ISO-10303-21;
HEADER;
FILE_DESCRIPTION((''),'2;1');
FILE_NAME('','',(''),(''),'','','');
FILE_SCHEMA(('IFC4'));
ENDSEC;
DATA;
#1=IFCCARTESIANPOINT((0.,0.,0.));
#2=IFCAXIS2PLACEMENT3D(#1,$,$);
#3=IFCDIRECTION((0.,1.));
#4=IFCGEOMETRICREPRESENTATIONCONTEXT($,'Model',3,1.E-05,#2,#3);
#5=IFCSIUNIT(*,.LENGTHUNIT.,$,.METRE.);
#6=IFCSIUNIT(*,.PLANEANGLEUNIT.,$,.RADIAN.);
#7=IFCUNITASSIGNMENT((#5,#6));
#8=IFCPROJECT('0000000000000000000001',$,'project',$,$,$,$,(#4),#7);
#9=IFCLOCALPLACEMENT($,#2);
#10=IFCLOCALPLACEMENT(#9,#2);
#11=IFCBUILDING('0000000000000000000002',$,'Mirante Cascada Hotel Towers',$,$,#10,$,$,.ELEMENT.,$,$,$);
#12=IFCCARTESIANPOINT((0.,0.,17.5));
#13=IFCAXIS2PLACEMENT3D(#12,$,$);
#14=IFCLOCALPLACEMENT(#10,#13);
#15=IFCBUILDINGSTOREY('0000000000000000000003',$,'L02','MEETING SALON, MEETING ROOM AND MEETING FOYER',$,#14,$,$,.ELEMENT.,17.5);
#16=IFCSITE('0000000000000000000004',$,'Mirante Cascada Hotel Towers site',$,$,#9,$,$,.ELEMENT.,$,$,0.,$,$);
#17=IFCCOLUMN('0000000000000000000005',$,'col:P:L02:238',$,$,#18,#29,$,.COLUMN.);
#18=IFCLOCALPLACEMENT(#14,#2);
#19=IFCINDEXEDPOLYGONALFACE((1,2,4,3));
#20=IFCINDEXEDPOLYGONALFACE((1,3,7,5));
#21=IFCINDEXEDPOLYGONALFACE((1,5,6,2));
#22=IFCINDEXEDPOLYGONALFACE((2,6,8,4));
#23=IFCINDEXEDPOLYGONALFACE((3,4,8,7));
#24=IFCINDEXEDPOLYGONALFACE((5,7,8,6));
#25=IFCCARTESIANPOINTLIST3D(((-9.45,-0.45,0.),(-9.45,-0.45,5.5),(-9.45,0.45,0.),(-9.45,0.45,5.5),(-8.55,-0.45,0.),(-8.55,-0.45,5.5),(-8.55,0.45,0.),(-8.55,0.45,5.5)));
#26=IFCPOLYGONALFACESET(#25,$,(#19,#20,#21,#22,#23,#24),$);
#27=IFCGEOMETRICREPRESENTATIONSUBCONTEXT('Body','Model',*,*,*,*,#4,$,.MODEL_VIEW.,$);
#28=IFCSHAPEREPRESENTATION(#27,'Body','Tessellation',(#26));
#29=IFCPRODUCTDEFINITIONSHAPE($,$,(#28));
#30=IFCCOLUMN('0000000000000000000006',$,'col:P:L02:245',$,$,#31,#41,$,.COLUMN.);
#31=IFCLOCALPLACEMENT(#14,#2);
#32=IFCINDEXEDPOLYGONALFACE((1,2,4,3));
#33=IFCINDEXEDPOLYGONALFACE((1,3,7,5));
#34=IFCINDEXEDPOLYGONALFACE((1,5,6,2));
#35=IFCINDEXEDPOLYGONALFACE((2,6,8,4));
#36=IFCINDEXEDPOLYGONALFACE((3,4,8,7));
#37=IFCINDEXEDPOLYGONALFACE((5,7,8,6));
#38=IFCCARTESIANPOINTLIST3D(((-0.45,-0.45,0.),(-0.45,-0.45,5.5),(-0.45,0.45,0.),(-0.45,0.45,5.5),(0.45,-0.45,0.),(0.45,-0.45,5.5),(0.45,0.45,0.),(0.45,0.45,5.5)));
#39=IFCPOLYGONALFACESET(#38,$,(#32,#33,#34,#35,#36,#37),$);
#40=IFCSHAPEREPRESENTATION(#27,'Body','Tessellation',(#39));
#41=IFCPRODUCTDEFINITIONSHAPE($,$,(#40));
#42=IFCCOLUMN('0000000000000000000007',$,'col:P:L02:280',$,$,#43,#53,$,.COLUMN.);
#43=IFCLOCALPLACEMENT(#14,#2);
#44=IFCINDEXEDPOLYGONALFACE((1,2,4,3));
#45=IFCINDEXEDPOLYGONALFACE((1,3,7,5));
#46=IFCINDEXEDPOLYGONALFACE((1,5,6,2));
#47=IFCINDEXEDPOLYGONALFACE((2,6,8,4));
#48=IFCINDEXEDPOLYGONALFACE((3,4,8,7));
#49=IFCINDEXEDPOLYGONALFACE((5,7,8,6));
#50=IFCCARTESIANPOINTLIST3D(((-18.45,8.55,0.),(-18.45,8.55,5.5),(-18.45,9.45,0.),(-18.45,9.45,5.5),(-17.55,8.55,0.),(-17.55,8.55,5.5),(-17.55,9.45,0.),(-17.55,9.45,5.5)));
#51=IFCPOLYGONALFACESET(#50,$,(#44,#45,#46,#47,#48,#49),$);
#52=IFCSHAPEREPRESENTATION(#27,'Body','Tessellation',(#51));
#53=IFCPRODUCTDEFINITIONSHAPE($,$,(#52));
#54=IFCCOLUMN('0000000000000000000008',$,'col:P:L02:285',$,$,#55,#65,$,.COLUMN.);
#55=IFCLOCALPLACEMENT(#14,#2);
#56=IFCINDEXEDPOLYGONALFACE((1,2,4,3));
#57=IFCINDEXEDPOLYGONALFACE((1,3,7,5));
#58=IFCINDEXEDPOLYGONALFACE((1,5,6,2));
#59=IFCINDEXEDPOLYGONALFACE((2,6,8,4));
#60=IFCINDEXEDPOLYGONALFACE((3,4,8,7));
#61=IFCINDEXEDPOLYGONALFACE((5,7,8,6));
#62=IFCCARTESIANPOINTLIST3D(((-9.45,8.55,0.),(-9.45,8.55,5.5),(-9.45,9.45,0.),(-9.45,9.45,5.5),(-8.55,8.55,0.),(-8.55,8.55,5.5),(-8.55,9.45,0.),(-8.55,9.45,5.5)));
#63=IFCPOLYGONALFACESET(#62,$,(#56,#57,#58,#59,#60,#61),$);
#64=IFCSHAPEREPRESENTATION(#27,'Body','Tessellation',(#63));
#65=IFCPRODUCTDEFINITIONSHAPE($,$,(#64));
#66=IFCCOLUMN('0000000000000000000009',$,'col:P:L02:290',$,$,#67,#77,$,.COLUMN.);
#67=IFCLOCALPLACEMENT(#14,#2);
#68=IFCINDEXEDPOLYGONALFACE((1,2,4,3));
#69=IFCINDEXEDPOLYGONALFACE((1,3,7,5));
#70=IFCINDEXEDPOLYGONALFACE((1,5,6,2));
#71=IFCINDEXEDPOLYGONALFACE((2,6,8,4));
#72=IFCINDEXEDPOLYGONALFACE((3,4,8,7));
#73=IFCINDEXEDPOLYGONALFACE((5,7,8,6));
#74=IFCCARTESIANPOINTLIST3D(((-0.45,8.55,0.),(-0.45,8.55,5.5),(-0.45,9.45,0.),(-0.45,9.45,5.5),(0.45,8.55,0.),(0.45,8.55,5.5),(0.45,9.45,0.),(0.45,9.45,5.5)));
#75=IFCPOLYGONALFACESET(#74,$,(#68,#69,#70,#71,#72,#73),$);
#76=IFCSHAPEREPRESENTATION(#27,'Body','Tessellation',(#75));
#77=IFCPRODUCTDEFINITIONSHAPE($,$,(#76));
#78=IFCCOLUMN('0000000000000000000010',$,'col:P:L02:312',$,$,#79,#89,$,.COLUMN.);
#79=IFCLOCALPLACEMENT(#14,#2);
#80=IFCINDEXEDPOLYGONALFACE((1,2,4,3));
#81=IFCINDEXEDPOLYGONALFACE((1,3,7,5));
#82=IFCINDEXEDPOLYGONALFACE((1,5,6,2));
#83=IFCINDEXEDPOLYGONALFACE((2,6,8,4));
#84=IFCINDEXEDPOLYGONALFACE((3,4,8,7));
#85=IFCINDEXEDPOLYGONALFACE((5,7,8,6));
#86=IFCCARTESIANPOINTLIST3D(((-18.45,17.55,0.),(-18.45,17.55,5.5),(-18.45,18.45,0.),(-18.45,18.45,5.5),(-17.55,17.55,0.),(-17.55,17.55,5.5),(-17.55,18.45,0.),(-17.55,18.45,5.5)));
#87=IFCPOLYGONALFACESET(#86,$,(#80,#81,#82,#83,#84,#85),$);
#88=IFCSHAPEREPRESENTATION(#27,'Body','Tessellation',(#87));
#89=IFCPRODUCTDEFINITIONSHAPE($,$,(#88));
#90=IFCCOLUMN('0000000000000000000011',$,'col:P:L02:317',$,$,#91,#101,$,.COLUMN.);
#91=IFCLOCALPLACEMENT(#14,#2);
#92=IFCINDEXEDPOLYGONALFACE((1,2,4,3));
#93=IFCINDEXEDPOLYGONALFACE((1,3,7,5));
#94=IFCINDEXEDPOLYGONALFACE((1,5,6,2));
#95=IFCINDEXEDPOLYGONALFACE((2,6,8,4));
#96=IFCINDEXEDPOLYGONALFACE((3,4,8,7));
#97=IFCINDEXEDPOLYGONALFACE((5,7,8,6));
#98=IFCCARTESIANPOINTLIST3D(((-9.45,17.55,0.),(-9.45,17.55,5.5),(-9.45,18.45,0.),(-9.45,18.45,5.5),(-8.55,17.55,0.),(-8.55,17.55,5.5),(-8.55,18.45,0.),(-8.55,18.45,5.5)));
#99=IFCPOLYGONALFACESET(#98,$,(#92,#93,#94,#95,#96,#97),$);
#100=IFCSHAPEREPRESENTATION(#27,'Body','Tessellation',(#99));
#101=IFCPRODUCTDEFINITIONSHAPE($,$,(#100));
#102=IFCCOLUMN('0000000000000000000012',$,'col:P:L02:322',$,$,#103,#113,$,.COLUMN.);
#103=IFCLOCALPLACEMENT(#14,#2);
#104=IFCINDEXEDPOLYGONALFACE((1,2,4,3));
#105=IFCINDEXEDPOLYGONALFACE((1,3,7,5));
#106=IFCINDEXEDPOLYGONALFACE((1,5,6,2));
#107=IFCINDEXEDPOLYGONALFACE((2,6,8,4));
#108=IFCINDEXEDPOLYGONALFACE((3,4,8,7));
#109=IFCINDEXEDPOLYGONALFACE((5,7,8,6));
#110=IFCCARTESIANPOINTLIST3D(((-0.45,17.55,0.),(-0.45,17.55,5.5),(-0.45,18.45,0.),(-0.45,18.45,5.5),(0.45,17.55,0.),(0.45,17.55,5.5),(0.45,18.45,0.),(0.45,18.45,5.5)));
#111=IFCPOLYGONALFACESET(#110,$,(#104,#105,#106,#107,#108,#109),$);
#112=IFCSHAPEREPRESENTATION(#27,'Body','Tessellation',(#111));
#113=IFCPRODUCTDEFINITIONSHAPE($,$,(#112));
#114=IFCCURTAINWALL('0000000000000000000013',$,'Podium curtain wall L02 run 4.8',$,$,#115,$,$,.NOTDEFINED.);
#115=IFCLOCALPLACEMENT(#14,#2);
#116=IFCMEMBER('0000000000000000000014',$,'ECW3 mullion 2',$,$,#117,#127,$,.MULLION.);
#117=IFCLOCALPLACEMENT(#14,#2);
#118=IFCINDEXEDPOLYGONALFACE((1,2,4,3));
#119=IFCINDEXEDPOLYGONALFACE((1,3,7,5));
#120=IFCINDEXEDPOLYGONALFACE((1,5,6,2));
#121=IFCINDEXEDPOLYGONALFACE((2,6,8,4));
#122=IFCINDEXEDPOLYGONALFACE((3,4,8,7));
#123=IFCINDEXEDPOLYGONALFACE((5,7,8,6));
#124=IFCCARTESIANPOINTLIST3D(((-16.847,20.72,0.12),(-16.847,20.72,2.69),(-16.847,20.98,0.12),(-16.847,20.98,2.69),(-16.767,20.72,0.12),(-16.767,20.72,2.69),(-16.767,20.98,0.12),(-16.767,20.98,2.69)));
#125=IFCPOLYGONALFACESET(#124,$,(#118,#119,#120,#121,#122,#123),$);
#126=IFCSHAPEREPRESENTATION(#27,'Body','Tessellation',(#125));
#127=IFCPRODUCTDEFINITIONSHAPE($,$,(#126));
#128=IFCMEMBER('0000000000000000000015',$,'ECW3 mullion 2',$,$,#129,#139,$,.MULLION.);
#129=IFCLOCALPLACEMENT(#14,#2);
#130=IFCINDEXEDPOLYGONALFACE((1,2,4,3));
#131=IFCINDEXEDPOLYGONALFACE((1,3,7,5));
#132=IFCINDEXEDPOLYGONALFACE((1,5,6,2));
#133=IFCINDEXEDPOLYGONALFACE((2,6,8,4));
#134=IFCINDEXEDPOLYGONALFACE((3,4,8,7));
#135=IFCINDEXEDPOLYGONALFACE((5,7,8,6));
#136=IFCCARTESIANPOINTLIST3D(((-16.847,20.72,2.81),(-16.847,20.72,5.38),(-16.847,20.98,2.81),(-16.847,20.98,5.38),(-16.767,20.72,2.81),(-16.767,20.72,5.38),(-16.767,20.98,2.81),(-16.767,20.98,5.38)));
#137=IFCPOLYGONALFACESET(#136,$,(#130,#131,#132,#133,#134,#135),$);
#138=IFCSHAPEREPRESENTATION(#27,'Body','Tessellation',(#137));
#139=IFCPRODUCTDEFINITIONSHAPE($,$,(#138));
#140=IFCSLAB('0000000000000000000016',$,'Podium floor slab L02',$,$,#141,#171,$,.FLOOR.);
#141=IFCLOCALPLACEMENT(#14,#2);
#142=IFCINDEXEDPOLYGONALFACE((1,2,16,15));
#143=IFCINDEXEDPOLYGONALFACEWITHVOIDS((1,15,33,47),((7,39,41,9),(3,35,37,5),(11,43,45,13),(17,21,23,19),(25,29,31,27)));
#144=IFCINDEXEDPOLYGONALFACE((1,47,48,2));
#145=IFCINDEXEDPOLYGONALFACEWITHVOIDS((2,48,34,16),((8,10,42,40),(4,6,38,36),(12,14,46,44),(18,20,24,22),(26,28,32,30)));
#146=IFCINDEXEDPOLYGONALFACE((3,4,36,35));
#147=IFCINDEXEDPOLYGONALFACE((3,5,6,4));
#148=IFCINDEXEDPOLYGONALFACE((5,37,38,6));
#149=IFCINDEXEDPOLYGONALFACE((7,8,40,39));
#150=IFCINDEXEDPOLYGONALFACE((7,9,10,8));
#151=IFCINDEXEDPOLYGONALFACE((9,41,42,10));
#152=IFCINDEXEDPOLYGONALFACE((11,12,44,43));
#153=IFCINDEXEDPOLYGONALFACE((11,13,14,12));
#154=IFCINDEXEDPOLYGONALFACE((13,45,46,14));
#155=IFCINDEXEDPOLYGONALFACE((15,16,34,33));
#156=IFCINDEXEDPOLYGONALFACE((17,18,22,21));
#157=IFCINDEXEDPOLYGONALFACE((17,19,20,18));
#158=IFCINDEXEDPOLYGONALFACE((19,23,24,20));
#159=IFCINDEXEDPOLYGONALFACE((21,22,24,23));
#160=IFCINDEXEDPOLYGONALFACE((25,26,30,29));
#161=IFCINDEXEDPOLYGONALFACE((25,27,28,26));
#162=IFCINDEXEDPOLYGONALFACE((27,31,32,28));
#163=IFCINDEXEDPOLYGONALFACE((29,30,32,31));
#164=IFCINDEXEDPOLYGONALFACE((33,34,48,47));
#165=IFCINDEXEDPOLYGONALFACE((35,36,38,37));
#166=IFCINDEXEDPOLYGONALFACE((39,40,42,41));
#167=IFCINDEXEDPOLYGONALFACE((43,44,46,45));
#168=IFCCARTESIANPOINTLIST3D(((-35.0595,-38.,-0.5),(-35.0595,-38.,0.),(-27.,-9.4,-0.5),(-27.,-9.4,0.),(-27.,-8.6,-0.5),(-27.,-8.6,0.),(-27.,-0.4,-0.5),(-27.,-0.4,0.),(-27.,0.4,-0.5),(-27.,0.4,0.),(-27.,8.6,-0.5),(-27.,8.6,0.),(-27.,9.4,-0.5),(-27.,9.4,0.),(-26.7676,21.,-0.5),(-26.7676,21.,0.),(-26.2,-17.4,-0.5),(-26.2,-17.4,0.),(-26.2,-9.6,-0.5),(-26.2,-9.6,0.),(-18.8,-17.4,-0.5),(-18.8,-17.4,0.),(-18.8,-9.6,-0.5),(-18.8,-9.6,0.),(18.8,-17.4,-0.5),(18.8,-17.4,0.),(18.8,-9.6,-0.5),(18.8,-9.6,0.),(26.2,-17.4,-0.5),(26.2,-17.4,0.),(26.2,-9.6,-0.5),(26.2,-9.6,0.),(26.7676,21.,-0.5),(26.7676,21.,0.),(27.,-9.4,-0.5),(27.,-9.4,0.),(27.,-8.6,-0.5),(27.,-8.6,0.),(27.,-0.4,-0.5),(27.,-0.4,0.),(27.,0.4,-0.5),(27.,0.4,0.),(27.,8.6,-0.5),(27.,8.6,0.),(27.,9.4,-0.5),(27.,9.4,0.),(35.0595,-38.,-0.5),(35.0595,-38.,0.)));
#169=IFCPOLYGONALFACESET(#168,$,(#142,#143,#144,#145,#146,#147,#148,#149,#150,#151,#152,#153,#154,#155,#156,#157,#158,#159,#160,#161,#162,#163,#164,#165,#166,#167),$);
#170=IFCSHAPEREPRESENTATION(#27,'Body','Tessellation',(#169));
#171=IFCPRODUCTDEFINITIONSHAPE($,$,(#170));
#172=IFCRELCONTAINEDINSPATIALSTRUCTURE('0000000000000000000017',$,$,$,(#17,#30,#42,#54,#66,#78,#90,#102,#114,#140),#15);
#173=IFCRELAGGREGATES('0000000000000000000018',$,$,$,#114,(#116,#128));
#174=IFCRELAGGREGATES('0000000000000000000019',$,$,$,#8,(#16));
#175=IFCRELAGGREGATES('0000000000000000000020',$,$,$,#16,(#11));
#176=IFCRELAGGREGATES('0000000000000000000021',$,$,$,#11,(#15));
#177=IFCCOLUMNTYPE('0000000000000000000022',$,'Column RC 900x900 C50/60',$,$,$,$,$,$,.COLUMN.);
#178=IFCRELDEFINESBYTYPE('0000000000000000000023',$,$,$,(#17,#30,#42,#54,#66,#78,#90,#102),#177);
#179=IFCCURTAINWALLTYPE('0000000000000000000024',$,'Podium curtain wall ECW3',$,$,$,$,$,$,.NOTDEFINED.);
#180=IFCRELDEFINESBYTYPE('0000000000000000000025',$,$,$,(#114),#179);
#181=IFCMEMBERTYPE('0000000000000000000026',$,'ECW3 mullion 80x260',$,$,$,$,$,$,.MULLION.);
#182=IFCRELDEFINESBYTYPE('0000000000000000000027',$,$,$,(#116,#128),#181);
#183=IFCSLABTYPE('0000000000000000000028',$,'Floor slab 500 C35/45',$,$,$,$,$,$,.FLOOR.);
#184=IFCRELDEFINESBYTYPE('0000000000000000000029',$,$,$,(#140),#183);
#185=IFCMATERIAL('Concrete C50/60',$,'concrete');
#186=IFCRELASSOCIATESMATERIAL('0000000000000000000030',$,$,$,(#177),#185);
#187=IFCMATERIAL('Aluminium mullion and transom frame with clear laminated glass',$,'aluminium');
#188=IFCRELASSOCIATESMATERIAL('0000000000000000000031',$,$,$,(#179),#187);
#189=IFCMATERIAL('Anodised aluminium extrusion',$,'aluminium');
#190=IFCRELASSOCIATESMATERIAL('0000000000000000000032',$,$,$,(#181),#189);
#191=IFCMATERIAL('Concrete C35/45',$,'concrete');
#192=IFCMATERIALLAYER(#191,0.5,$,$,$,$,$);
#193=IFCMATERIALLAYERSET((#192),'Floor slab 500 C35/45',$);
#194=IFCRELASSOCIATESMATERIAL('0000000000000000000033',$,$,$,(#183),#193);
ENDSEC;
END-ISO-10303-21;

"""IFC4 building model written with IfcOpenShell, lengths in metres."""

from ifc_helpers import new_model, si_unit, direction, frame, origin, origin_2d, place, context, subcontext, project, spatial, polyline, rectangle, outline, extrude, material, layer, layer_set, material_profile, profile_set, type_object, element, aggregate, save


model = new_model("IFC4")

# Units and contexts
model_context = context("Model", 3, precision=1e-05, world=origin(), true_north=direction((0.0, 1.0)))
body_context = subcontext(model_context, "Body", "Model", "MODEL_VIEW")
ifc_project = project(units=[si_unit("LENGTHUNIT", "METRE"), si_unit("PLANEANGLEUNIT", "RADIAN")], contexts=[model_context])

# Site, building, storey
site_placement = place(None, origin())
site = spatial("IfcSite", under=ifc_project, at=site_placement, Name="Mirante Cascada Hotel Towers site", CompositionType="ELEMENT", RefElevation=0.0)
building_placement = place(site_placement, origin())
building = spatial("IfcBuilding", under=site, at=building_placement, Name="Mirante Cascada Hotel Towers", CompositionType="ELEMENT")
storey_placement = place(building_placement, frame((0.0, 0.0, 17.5)))
storey = spatial("IfcBuildingStorey", under=building, at=storey_placement, Name="L02", Description="MEETING SALON, MEETING ROOM AND MEETING FOYER", CompositionType="ELEMENT", Elevation=17.5)

# Columns
ifc_material_1 = material(Name="Concrete C50/60", Category="concrete")
ifc_material_profile_1 = material_profile(ifc_material_1, rectangle(XDim=0.9, YDim=0.9, at=origin_2d()), Name="RC 900x900")
ifc_profile_set_1 = profile_set([ifc_material_profile_1], Name="Concrete C50/60")
column_type = type_object("IfcColumnType", Name="Column RC 900x900 C50/60", PredefinedType="COLUMN", material=ifc_profile_set_1)
for number, where, z_axis, x_axis, name in (
    (1, (-9.0, 0.0, 0.0), (0.0, 0.0, 1.0), (1.0, 0.0, 0.0), "col:P:L02:238"),
    (2, (0.0, 0.0, 0.0), (0.0, 0.0, 1.0), (1.0, 0.0, 0.0), "col:P:L02:245"),
    (3, (-18.0, 9.0, 0.0), (0.0, 0.0, 1.0), (1.0, 0.0, 0.0), "col:P:L02:280"),
    (4, (-9.0, 9.0, 0.0), (0.0, 0.0, 1.0), (1.0, 0.0, 0.0), "col:P:L02:285"),
    (5, (0.0, 9.0, 0.0), (0.0, 0.0, 1.0), (1.0, 0.0, 0.0), "col:P:L02:290"),
    (6, (-18.0, 18.0, 0.0), (0.0, 0.0, 1.0), (1.0, 0.0, 0.0), "col:P:L02:312"),
    (7, (-9.0, 18.0, 0.0), (0.0, 0.0, 1.0), (1.0, 0.0, 0.0), "col:P:L02:317"),
    (8, (0.0, 18.0, 0.0), (0.0, 0.0, 1.0), (1.0, 0.0, 0.0), "col:P:L02:322"),
):
    element("IfcColumn", number, at=place(storey_placement, frame(where, z_axis=z_axis, x_axis=x_axis)), inside=storey, type_object=column_type, Name=name, PredefinedType="COLUMN", context=body_context, shape_type="SweptSolid", body=[
        extrude(rectangle(XDim=0.9, YDim=0.9, at=origin_2d()), origin(), (0.0, 0.0, 1.0), 5.5),
    ])

# Curtain wall, members
ifc_material_2 = material(Name="Aluminium mullion and transom frame with clear laminated glass", Category="aluminium")
curtain_wall_type = type_object("IfcCurtainWallType", Name="Podium curtain wall ECW3", PredefinedType="NOTDEFINED", material=ifc_material_2)
curtain_wall_placement = place(storey_placement, origin())
curtain_wall = element("IfcCurtainWall", 9, at=curtain_wall_placement, inside=storey, type_object=curtain_wall_type, Name="Podium curtain wall L02 run 4.8", PredefinedType="NOTDEFINED")
ifc_material_3 = material(Name="Anodised aluminium extrusion", Category="aluminium")
ifc_material_profile_2 = material_profile(ifc_material_3, rectangle(XDim=0.26, YDim=0.08, at=origin_2d()), Name="ECW3 MULLION 80x260")
ifc_profile_set_2 = profile_set([ifc_material_profile_2], Name="Anodised aluminium extrusion")
member_type = type_object("IfcMemberType", Name="ECW3 mullion 80x260", PredefinedType="MULLION", material=ifc_profile_set_2)
member_1_placement = place(storey_placement, frame((-16.807, 20.85, 0.12), z_axis=(0.0, 0.0, 1.0), x_axis=(0.0, -1.0, 0.0)))
member_1 = element("IfcMember", 10, at=member_1_placement, type_object=member_type, Name="ECW3 mullion 2", PredefinedType="MULLION", context=body_context, shape_type="SweptSolid", body=[
    extrude(rectangle(XDim=0.26, YDim=0.08, at=origin_2d()), origin(), (0.0, 0.0, 1.0), 2.57),
])
member_2_placement = place(storey_placement, frame((-16.807, 20.85, 2.81), z_axis=(0.0, 0.0, 1.0), x_axis=(0.0, -1.0, 0.0)))
member_2 = element("IfcMember", 11, at=member_2_placement, type_object=member_type, Name="ECW3 mullion 2", PredefinedType="MULLION", context=body_context, shape_type="SweptSolid", body=[
    extrude(rectangle(XDim=0.26, YDim=0.08, at=origin_2d()), origin(), (0.0, 0.0, 1.0), 2.57),
])
aggregate(curtain_wall, [member_1, member_2])

# Slab
ifc_material_4 = material(Name="Concrete C35/45", Category="concrete")
ifc_layer_1 = layer(ifc_material_4, 0.5)
ifc_layer_set_1 = layer_set([ifc_layer_1], Name="Floor slab 500 C35/45")
slab_type_1 = type_object("IfcSlabType", Name="Floor slab 500 C35/45", PredefinedType="FLOOR", material=ifc_layer_set_1)
slab_1_placement = place(storey_placement, frame((0.0, 0.0, -0.5)))
element("IfcSlab", 12, at=slab_1_placement, inside=storey, type_object=slab_type_1, Name="Podium floor slab L02", PredefinedType="FLOOR", context=body_context, shape_type="SweptSolid", body=[
    extrude(outline(polyline([(26.7676, 21.0), (35.0595, -38.0), (-35.0595, -38.0), (-26.7676, 21.0), (26.7676, 21.0)]), holes=[polyline([(-27.0, -0.4), (27.0, -0.4), (27.0, 0.4), (-27.0, 0.4), (-27.0, -0.4)]), polyline([(-27.0, 8.6), (27.0, 8.6), (27.0, 9.4), (-27.0, 9.4), (-27.0, 8.6)]), polyline([(27.0, -9.4), (27.0, -8.6), (-27.0, -8.6), (-27.0, -9.4), (27.0, -9.4)]), polyline([(26.2, -9.6), (18.8, -9.6), (18.8, -17.4), (26.2, -17.4), (26.2, -9.6)]), polyline([(-18.8, -9.6), (-26.2, -9.6), (-26.2, -17.4), (-18.8, -17.4), (-18.8, -9.6)])]), origin(), (0.0, 0.0, 1.0), 0.5),
])

save(model, "model.ifc")
